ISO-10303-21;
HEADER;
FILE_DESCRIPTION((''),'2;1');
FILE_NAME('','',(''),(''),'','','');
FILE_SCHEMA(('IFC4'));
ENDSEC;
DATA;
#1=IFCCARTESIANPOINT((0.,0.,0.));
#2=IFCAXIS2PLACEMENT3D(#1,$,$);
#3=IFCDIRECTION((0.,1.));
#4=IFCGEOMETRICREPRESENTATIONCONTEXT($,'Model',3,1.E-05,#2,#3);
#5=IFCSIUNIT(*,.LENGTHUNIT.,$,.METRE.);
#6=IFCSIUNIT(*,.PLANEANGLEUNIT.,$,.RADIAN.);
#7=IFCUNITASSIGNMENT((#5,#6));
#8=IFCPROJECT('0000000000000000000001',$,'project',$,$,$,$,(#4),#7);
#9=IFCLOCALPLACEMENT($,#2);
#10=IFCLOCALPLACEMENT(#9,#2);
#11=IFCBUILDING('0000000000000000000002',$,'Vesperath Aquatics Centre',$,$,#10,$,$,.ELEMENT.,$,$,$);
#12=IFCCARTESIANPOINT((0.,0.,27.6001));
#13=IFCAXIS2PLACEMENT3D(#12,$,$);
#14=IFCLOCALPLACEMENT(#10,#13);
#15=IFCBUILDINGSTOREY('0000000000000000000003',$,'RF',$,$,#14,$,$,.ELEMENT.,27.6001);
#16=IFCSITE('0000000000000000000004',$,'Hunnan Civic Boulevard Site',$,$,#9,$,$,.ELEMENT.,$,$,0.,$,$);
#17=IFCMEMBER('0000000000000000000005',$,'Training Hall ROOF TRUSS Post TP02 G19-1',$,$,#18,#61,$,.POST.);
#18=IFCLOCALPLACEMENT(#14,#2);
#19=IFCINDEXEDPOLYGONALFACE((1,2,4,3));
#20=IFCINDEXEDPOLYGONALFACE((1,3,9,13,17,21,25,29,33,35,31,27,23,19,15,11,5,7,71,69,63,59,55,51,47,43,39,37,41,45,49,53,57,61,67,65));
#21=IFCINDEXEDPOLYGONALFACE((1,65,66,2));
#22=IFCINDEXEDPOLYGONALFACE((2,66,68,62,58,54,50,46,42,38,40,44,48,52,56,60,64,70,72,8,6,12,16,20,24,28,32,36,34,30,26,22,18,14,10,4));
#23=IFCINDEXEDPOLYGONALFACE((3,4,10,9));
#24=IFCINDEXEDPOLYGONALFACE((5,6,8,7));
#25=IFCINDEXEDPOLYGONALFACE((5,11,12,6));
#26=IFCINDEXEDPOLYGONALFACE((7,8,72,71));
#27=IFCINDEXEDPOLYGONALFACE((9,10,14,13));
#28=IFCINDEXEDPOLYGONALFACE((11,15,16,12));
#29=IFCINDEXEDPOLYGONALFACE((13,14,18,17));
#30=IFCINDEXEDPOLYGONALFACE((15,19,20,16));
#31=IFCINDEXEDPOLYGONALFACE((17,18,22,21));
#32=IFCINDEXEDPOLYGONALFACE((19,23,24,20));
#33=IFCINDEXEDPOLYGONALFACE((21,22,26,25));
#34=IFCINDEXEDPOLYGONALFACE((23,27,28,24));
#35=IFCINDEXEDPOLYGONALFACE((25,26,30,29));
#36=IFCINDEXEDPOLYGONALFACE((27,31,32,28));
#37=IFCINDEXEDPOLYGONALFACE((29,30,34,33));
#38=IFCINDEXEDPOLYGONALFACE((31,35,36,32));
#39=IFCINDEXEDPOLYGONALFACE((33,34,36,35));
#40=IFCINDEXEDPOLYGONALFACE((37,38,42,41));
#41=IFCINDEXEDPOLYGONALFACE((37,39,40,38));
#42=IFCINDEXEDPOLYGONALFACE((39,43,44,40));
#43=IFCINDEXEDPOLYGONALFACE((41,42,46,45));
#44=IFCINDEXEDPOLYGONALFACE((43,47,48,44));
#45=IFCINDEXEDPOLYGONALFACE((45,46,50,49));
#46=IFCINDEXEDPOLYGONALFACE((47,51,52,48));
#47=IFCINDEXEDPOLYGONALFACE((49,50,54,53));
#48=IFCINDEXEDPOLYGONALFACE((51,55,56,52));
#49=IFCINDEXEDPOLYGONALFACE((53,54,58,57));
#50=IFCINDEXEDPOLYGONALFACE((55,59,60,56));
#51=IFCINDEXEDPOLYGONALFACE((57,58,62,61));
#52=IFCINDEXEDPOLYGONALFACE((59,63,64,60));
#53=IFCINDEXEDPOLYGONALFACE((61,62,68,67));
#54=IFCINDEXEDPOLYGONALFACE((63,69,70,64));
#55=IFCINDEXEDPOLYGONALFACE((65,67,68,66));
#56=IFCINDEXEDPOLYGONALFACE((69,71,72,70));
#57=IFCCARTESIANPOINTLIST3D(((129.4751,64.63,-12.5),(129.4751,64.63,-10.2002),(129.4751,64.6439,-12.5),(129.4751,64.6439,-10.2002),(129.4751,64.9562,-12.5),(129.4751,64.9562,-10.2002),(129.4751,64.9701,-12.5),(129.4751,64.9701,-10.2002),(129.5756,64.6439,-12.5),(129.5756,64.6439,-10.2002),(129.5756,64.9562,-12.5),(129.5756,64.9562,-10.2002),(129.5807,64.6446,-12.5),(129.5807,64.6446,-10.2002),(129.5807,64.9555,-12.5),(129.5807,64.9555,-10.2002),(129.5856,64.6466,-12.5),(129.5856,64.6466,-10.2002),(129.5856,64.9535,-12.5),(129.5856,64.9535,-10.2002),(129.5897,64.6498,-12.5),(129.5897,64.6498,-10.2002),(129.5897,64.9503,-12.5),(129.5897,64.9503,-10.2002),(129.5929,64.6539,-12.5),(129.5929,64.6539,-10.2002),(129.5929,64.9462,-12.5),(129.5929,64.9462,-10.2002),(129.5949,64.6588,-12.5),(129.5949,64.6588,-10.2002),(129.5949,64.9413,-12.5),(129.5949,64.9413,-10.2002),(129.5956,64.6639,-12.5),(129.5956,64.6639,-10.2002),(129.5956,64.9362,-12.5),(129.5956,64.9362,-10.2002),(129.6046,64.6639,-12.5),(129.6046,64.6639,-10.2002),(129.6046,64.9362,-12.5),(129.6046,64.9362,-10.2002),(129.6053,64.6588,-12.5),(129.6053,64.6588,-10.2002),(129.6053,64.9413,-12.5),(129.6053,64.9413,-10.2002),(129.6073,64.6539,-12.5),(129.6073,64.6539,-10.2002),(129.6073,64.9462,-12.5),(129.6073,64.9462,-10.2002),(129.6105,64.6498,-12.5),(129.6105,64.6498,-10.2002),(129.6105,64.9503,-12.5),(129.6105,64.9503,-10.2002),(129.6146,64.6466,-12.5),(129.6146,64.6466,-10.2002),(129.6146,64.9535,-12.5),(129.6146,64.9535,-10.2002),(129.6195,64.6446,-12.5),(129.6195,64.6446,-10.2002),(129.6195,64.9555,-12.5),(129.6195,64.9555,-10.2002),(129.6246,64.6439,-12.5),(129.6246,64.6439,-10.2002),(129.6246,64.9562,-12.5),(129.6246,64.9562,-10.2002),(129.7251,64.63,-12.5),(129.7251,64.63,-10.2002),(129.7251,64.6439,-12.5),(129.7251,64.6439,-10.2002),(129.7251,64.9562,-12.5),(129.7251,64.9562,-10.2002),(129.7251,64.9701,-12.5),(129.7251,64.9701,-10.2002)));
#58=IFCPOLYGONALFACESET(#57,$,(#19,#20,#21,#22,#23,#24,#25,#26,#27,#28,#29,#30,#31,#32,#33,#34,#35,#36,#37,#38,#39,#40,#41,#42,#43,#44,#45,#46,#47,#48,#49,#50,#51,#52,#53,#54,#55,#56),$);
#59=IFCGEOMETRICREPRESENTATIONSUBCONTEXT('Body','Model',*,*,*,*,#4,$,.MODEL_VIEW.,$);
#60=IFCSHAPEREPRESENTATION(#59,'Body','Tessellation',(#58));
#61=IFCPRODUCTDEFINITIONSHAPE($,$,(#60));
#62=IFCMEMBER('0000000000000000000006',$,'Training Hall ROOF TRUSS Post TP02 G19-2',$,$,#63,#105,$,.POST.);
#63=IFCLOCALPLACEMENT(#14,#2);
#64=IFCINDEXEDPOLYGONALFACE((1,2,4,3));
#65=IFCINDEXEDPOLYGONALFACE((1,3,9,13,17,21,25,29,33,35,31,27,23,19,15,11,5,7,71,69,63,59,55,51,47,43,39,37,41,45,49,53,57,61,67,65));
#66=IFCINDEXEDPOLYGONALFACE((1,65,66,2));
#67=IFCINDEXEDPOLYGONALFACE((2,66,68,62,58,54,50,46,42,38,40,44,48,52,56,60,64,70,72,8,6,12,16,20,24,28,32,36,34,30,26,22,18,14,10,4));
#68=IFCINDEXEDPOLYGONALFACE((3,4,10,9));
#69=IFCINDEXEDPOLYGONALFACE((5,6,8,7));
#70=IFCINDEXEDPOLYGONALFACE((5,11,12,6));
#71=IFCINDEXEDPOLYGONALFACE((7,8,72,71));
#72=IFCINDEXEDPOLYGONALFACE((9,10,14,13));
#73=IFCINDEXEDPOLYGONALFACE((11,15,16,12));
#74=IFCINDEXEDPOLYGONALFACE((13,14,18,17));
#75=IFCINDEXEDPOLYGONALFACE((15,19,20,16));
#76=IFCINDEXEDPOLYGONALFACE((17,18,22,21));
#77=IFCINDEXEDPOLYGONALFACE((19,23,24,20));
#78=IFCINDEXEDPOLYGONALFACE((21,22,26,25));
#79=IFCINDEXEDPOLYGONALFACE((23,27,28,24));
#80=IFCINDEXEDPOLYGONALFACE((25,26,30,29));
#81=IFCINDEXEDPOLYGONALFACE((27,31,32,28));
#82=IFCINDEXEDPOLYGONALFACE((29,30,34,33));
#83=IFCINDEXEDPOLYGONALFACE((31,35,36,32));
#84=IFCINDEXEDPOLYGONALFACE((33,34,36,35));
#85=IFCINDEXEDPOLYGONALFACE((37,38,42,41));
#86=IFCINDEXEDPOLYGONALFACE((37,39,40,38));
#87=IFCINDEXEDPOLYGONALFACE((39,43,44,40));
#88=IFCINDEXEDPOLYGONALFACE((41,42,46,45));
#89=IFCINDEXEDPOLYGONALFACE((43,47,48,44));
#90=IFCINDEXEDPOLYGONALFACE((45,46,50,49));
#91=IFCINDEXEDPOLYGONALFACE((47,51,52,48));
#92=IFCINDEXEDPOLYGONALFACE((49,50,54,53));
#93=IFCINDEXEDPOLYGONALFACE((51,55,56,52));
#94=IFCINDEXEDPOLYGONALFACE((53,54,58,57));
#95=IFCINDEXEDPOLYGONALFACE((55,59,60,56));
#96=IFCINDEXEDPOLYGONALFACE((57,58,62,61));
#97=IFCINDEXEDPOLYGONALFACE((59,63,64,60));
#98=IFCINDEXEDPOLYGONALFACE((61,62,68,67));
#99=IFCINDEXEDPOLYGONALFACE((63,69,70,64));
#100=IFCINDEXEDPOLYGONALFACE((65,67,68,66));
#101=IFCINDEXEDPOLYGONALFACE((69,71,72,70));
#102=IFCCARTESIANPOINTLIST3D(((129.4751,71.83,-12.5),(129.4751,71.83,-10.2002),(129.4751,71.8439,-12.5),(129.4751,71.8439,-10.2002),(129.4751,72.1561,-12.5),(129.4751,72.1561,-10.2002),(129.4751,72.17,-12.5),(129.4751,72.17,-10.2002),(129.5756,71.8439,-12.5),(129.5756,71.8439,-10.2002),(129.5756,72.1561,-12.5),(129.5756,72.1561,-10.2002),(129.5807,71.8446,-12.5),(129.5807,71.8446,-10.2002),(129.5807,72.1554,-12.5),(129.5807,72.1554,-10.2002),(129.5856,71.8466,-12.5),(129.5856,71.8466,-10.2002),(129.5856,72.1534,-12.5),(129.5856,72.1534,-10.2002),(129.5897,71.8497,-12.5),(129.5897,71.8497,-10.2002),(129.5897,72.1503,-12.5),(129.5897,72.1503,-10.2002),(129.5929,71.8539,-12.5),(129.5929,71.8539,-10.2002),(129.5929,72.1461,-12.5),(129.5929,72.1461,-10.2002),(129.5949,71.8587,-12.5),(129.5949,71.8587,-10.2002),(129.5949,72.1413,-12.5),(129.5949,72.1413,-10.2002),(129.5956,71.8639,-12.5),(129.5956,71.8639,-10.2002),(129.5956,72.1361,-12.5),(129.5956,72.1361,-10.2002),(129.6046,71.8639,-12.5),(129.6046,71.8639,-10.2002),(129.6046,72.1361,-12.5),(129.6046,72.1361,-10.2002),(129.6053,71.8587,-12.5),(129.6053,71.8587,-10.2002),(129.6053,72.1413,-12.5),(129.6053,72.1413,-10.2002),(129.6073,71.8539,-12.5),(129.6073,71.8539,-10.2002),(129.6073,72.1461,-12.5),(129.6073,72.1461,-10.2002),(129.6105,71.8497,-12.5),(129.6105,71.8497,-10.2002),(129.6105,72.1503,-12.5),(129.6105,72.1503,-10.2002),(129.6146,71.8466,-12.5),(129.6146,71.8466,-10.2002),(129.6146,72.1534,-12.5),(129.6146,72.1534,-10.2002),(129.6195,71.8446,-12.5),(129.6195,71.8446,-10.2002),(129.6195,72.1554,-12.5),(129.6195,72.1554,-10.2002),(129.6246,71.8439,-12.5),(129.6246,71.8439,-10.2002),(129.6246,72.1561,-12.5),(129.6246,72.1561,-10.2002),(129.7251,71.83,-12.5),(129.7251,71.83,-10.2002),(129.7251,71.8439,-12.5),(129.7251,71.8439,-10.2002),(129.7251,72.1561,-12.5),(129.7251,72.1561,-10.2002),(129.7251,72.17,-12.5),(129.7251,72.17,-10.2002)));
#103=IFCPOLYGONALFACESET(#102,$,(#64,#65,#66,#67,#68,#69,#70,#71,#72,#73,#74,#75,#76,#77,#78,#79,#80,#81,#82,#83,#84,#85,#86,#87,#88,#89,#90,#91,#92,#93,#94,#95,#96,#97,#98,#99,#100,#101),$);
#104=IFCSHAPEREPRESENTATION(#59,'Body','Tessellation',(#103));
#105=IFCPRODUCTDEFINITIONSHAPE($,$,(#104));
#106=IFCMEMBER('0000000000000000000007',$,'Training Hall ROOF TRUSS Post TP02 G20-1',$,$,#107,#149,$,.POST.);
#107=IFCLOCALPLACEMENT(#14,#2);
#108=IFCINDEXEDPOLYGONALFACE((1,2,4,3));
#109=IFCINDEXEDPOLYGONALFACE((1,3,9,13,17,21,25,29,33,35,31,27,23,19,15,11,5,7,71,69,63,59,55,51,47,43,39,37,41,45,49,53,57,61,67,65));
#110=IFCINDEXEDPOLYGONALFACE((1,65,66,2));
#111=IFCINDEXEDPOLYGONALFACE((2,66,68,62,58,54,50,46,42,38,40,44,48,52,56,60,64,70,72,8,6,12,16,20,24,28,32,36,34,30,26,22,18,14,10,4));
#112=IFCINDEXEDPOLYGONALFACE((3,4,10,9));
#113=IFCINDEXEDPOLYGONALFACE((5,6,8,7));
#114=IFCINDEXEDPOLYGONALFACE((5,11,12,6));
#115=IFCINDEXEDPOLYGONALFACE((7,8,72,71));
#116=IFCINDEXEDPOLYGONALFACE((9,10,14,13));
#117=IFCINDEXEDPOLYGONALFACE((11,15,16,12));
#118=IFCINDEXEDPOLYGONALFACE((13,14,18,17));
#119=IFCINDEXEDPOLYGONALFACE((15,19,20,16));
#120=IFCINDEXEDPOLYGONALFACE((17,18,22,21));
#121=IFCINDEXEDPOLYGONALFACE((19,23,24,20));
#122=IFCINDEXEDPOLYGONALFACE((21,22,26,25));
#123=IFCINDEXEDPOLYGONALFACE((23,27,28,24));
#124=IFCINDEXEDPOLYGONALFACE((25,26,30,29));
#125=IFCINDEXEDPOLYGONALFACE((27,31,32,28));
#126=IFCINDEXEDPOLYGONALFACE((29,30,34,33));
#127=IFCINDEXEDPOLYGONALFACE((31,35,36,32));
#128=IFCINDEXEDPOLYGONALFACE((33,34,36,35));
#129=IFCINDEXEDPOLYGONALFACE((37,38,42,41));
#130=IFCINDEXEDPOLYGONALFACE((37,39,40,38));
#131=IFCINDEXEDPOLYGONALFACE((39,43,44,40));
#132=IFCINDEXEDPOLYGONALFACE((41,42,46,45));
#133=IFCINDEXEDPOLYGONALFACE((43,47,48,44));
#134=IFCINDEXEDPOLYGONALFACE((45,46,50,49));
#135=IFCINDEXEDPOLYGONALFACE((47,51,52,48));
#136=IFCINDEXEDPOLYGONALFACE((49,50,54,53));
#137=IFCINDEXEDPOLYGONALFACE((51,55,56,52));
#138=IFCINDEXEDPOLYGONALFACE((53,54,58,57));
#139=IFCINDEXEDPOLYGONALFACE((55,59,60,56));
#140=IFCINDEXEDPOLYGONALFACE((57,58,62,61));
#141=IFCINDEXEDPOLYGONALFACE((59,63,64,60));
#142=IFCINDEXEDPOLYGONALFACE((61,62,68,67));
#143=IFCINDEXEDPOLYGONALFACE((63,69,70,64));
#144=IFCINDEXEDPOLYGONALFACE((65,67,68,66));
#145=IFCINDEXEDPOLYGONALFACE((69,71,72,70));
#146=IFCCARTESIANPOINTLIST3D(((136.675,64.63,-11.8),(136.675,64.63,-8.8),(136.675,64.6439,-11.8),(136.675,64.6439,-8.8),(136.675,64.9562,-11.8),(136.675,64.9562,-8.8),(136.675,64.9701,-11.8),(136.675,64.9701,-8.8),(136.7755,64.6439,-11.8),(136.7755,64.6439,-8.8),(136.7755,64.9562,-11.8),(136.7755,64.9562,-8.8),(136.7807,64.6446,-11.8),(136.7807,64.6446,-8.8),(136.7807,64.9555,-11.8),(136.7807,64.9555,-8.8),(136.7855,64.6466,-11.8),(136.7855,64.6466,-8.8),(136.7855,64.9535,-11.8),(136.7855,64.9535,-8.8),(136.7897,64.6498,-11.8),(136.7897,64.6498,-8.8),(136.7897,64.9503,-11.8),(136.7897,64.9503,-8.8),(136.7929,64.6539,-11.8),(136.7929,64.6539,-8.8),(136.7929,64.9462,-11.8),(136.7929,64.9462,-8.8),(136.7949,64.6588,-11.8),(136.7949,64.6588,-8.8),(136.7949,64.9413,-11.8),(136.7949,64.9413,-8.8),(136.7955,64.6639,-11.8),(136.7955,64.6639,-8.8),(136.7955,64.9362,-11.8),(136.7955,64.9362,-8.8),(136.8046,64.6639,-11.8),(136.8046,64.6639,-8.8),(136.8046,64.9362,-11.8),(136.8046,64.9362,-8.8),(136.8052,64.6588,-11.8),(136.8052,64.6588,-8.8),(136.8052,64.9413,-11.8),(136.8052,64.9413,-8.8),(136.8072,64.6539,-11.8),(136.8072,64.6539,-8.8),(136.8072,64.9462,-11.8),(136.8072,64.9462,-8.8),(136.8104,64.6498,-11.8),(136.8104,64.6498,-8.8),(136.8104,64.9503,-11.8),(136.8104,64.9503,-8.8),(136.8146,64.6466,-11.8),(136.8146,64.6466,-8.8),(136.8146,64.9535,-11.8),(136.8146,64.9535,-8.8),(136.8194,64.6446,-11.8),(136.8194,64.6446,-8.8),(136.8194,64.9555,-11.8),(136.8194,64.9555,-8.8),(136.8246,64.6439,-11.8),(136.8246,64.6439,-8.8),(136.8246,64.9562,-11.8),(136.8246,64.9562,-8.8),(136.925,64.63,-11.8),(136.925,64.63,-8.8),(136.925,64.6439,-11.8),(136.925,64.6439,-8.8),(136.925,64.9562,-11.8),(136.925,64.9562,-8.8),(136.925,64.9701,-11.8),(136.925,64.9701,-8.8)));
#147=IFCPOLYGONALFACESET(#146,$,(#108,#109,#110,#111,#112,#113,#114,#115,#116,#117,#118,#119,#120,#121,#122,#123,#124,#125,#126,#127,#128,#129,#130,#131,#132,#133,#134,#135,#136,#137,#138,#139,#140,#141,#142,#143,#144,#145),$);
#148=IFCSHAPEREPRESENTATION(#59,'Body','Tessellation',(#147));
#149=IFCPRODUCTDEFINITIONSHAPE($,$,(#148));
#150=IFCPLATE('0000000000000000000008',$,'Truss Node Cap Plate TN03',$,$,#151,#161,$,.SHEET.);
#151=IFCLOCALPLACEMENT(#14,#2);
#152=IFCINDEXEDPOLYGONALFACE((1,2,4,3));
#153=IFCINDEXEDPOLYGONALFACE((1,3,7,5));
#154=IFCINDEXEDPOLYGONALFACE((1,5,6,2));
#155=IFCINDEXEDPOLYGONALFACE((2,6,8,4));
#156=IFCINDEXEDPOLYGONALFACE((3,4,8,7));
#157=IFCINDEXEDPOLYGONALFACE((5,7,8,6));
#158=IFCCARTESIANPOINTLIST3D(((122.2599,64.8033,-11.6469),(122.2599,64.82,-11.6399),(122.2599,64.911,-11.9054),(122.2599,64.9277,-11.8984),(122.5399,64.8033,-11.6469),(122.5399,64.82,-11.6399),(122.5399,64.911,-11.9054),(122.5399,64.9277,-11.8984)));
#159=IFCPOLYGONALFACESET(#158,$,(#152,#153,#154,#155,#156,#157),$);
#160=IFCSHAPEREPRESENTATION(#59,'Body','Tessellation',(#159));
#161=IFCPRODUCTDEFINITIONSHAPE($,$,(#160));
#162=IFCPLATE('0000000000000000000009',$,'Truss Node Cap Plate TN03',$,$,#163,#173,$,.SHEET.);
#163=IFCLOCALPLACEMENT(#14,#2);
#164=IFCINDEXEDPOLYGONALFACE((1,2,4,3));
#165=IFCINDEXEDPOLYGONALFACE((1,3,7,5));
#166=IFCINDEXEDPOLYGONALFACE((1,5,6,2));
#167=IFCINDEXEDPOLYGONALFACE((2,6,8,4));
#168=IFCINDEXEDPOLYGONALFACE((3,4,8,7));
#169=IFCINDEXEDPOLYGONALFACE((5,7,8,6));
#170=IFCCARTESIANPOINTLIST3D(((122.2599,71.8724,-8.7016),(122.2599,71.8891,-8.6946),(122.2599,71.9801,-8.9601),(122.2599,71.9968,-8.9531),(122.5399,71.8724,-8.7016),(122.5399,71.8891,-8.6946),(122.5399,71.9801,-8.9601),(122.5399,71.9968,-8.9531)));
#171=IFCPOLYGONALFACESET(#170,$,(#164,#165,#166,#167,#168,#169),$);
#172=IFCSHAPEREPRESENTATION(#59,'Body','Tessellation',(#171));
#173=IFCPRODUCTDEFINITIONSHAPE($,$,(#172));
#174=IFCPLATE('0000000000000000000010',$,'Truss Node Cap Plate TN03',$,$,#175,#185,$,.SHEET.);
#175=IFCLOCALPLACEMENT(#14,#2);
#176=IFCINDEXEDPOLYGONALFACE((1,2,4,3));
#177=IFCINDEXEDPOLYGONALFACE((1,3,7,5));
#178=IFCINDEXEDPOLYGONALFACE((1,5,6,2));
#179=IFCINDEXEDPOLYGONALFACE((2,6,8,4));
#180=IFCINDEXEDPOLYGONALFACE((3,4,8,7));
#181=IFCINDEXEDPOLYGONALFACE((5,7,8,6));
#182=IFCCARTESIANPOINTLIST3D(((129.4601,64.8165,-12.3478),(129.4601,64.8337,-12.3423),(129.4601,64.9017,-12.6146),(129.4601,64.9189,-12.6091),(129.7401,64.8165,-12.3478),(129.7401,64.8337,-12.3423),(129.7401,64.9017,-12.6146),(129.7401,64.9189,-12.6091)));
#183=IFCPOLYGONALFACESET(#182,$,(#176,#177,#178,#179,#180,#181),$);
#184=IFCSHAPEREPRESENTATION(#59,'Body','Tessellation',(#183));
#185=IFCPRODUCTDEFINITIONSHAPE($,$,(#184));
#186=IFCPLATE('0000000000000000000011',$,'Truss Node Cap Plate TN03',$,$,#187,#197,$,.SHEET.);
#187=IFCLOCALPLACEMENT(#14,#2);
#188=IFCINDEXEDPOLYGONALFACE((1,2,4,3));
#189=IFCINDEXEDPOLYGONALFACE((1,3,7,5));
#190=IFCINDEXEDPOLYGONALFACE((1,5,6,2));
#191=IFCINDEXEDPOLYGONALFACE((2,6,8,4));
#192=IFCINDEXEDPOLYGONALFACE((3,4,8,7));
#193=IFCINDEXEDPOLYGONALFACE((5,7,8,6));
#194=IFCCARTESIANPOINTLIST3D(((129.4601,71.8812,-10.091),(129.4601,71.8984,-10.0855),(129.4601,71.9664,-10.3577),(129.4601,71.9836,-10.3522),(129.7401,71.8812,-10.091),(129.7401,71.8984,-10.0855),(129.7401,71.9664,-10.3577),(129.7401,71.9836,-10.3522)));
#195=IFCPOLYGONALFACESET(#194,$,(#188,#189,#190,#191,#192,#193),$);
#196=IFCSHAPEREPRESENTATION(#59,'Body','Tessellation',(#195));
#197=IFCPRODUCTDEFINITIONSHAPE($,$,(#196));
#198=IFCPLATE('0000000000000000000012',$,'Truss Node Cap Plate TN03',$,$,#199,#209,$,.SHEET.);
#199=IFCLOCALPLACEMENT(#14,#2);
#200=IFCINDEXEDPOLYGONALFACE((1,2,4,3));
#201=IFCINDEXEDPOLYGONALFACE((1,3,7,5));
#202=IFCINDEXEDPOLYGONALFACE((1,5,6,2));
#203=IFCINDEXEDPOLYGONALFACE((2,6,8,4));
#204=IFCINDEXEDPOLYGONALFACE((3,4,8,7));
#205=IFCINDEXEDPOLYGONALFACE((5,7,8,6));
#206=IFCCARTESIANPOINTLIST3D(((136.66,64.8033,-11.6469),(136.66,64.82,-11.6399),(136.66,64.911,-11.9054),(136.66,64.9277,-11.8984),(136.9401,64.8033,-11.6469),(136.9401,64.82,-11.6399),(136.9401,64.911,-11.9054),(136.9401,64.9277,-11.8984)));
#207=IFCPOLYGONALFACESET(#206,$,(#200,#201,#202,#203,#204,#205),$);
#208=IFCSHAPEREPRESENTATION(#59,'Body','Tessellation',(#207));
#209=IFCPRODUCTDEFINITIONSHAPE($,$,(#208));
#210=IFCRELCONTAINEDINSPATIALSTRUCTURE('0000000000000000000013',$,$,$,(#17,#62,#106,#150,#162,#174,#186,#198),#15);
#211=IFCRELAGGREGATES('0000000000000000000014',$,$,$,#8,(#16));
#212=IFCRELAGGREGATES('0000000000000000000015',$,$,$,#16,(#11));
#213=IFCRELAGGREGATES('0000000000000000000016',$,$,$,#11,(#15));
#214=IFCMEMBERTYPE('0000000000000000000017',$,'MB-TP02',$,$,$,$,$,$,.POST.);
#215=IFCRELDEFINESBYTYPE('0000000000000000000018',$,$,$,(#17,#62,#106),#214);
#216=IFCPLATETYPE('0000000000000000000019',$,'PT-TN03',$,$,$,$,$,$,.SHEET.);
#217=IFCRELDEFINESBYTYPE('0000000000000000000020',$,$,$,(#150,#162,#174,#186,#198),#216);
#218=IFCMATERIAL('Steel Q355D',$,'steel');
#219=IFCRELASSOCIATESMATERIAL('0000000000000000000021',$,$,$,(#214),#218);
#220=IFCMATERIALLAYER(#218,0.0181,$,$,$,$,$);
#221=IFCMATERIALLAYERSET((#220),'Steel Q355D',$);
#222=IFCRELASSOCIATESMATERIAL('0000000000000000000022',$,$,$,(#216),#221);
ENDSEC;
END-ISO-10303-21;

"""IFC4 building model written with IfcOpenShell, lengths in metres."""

from ifc_helpers import new_model, si_unit, direction, frame, origin, origin_2d, place, context, subcontext, project, spatial, rectangle, i_section, extrude, material, layer, layer_set, material_profile, profile_set, type_object, element, save


model = new_model("IFC4")

# Units and contexts
model_context = context("Model", 3, precision=1e-05, world=origin(), true_north=direction((0.0, 1.0)))
body_context = subcontext(model_context, "Body", "Model", "MODEL_VIEW")
ifc_project = project(units=[si_unit("LENGTHUNIT", "METRE"), si_unit("PLANEANGLEUNIT", "RADIAN")], contexts=[model_context])

# Site, building, storey
site_placement = place(None, origin())
site = spatial("IfcSite", under=ifc_project, at=site_placement, Name="Hunnan Civic Boulevard Site", CompositionType="ELEMENT", RefElevation=0.0)
building_placement = place(site_placement, origin())
building = spatial("IfcBuilding", under=site, at=building_placement, Name="Vesperath Aquatics Centre", CompositionType="ELEMENT")
storey_placement = place(building_placement, frame((0.0, 0.0, 27.6001)))
storey = spatial("IfcBuildingStorey", under=building, at=storey_placement, Name="RF", CompositionType="ELEMENT", Elevation=27.6001)

# Members
ifc_material_1 = material(Name="Steel Q355D", Category="steel")
ifc_material_profile_1 = material_profile(ifc_material_1, i_section(OverallWidth=0.25, OverallDepth=0.3401, WebThickness=0.009, FlangeThickness=0.0139, FilletRadius=0.02, at=origin_2d()), Name="HM 340x250x9x14")
ifc_profile_set_1 = profile_set([ifc_material_profile_1], Name="Steel Q355D")
member_type_1 = type_object("IfcMemberType", Name="MB-TP02", PredefinedType="POST", material=ifc_profile_set_1)
for number, where, z_axis, x_axis, name in (
    (1, (129.6001, 64.8, -12.5), (0.0, 0.0, 1.0), (1.0, 0.0, 0.0), "Training Hall ROOF TRUSS Post TP02 G19-1"),
    (2, (129.6001, 72.0, -12.5), (0.0, 0.0, 1.0), (1.0, 0.0, 0.0), "Training Hall ROOF TRUSS Post TP02 G19-2"),
):
    element("IfcMember", number, at=place(storey_placement, frame(where, z_axis=z_axis, x_axis=x_axis)), inside=storey, type_object=member_type_1, Name=name, PredefinedType="POST", context=body_context, shape_type="SweptSolid", body=[
        extrude(i_section(OverallWidth=0.25, OverallDepth=0.3401, WebThickness=0.009, FlangeThickness=0.0139, FilletRadius=0.02, at=origin_2d()), origin(), (0.0, 0.0, 1.0), 2.2998),
    ])
member_1_placement = place(storey_placement, frame((136.8, 64.8, -11.8), z_axis=(0.0, 0.0, 1.0), x_axis=(1.0, 0.0, 0.0)))
element("IfcMember", 3, at=member_1_placement, inside=storey, type_object=member_type_1, Name="Training Hall ROOF TRUSS Post TP02 G20-1", PredefinedType="POST", context=body_context, shape_type="SweptSolid", body=[
    extrude(i_section(OverallWidth=0.25, OverallDepth=0.3401, WebThickness=0.009, FlangeThickness=0.0139, FilletRadius=0.02, at=origin_2d()), origin(), (0.0, 0.0, 1.0), 3.0),
])

# Plates
ifc_layer_1 = layer(ifc_material_1, 0.0181)
ifc_layer_set_1 = layer_set([ifc_layer_1], Name="Steel Q355D")
plate_type = type_object("IfcPlateType", Name="PT-TN03", PredefinedType="SHEET", material=ifc_layer_set_1)
for number, where, z_axis, x_axis, name in (
    (4, (122.3999, 64.8572, -11.7761), (0.0, 0.923077, 0.384615), (-1.0, 0.0, 0.0), "Truss Node Cap Plate TN03"),
    (5, (122.3999, 71.9263, -8.8308), (0.0, 0.923077, 0.384615), (-1.0, 0.0, 0.0), "Truss Node Cap Plate TN03"),
    (6, (129.6001, 64.8591, -12.4812), (0.0, 0.952578, 0.304296), (-1.0, 0.0, 0.0), "Truss Node Cap Plate TN03"),
    (7, (129.6001, 71.9238, -10.2244), (0.0, 0.952578, 0.304296), (-1.0, 0.0, 0.0), "Truss Node Cap Plate TN03"),
    (8, (136.8, 64.8572, -11.7761), (0.0, 0.923077, 0.384615), (-1.0, 0.0, 0.0), "Truss Node Cap Plate TN03"),
):
    element("IfcPlate", number, at=place(storey_placement, frame(where, z_axis=z_axis, x_axis=x_axis)), inside=storey, type_object=plate_type, Name=name, PredefinedType="SHEET", context=body_context, shape_type="SweptSolid", body=[
        extrude(rectangle(XDim=0.28, YDim=0.28, at=origin_2d()), origin(), (0.0, 0.0, 1.0), 0.0181),
    ])

save(model, "model.ifc")
